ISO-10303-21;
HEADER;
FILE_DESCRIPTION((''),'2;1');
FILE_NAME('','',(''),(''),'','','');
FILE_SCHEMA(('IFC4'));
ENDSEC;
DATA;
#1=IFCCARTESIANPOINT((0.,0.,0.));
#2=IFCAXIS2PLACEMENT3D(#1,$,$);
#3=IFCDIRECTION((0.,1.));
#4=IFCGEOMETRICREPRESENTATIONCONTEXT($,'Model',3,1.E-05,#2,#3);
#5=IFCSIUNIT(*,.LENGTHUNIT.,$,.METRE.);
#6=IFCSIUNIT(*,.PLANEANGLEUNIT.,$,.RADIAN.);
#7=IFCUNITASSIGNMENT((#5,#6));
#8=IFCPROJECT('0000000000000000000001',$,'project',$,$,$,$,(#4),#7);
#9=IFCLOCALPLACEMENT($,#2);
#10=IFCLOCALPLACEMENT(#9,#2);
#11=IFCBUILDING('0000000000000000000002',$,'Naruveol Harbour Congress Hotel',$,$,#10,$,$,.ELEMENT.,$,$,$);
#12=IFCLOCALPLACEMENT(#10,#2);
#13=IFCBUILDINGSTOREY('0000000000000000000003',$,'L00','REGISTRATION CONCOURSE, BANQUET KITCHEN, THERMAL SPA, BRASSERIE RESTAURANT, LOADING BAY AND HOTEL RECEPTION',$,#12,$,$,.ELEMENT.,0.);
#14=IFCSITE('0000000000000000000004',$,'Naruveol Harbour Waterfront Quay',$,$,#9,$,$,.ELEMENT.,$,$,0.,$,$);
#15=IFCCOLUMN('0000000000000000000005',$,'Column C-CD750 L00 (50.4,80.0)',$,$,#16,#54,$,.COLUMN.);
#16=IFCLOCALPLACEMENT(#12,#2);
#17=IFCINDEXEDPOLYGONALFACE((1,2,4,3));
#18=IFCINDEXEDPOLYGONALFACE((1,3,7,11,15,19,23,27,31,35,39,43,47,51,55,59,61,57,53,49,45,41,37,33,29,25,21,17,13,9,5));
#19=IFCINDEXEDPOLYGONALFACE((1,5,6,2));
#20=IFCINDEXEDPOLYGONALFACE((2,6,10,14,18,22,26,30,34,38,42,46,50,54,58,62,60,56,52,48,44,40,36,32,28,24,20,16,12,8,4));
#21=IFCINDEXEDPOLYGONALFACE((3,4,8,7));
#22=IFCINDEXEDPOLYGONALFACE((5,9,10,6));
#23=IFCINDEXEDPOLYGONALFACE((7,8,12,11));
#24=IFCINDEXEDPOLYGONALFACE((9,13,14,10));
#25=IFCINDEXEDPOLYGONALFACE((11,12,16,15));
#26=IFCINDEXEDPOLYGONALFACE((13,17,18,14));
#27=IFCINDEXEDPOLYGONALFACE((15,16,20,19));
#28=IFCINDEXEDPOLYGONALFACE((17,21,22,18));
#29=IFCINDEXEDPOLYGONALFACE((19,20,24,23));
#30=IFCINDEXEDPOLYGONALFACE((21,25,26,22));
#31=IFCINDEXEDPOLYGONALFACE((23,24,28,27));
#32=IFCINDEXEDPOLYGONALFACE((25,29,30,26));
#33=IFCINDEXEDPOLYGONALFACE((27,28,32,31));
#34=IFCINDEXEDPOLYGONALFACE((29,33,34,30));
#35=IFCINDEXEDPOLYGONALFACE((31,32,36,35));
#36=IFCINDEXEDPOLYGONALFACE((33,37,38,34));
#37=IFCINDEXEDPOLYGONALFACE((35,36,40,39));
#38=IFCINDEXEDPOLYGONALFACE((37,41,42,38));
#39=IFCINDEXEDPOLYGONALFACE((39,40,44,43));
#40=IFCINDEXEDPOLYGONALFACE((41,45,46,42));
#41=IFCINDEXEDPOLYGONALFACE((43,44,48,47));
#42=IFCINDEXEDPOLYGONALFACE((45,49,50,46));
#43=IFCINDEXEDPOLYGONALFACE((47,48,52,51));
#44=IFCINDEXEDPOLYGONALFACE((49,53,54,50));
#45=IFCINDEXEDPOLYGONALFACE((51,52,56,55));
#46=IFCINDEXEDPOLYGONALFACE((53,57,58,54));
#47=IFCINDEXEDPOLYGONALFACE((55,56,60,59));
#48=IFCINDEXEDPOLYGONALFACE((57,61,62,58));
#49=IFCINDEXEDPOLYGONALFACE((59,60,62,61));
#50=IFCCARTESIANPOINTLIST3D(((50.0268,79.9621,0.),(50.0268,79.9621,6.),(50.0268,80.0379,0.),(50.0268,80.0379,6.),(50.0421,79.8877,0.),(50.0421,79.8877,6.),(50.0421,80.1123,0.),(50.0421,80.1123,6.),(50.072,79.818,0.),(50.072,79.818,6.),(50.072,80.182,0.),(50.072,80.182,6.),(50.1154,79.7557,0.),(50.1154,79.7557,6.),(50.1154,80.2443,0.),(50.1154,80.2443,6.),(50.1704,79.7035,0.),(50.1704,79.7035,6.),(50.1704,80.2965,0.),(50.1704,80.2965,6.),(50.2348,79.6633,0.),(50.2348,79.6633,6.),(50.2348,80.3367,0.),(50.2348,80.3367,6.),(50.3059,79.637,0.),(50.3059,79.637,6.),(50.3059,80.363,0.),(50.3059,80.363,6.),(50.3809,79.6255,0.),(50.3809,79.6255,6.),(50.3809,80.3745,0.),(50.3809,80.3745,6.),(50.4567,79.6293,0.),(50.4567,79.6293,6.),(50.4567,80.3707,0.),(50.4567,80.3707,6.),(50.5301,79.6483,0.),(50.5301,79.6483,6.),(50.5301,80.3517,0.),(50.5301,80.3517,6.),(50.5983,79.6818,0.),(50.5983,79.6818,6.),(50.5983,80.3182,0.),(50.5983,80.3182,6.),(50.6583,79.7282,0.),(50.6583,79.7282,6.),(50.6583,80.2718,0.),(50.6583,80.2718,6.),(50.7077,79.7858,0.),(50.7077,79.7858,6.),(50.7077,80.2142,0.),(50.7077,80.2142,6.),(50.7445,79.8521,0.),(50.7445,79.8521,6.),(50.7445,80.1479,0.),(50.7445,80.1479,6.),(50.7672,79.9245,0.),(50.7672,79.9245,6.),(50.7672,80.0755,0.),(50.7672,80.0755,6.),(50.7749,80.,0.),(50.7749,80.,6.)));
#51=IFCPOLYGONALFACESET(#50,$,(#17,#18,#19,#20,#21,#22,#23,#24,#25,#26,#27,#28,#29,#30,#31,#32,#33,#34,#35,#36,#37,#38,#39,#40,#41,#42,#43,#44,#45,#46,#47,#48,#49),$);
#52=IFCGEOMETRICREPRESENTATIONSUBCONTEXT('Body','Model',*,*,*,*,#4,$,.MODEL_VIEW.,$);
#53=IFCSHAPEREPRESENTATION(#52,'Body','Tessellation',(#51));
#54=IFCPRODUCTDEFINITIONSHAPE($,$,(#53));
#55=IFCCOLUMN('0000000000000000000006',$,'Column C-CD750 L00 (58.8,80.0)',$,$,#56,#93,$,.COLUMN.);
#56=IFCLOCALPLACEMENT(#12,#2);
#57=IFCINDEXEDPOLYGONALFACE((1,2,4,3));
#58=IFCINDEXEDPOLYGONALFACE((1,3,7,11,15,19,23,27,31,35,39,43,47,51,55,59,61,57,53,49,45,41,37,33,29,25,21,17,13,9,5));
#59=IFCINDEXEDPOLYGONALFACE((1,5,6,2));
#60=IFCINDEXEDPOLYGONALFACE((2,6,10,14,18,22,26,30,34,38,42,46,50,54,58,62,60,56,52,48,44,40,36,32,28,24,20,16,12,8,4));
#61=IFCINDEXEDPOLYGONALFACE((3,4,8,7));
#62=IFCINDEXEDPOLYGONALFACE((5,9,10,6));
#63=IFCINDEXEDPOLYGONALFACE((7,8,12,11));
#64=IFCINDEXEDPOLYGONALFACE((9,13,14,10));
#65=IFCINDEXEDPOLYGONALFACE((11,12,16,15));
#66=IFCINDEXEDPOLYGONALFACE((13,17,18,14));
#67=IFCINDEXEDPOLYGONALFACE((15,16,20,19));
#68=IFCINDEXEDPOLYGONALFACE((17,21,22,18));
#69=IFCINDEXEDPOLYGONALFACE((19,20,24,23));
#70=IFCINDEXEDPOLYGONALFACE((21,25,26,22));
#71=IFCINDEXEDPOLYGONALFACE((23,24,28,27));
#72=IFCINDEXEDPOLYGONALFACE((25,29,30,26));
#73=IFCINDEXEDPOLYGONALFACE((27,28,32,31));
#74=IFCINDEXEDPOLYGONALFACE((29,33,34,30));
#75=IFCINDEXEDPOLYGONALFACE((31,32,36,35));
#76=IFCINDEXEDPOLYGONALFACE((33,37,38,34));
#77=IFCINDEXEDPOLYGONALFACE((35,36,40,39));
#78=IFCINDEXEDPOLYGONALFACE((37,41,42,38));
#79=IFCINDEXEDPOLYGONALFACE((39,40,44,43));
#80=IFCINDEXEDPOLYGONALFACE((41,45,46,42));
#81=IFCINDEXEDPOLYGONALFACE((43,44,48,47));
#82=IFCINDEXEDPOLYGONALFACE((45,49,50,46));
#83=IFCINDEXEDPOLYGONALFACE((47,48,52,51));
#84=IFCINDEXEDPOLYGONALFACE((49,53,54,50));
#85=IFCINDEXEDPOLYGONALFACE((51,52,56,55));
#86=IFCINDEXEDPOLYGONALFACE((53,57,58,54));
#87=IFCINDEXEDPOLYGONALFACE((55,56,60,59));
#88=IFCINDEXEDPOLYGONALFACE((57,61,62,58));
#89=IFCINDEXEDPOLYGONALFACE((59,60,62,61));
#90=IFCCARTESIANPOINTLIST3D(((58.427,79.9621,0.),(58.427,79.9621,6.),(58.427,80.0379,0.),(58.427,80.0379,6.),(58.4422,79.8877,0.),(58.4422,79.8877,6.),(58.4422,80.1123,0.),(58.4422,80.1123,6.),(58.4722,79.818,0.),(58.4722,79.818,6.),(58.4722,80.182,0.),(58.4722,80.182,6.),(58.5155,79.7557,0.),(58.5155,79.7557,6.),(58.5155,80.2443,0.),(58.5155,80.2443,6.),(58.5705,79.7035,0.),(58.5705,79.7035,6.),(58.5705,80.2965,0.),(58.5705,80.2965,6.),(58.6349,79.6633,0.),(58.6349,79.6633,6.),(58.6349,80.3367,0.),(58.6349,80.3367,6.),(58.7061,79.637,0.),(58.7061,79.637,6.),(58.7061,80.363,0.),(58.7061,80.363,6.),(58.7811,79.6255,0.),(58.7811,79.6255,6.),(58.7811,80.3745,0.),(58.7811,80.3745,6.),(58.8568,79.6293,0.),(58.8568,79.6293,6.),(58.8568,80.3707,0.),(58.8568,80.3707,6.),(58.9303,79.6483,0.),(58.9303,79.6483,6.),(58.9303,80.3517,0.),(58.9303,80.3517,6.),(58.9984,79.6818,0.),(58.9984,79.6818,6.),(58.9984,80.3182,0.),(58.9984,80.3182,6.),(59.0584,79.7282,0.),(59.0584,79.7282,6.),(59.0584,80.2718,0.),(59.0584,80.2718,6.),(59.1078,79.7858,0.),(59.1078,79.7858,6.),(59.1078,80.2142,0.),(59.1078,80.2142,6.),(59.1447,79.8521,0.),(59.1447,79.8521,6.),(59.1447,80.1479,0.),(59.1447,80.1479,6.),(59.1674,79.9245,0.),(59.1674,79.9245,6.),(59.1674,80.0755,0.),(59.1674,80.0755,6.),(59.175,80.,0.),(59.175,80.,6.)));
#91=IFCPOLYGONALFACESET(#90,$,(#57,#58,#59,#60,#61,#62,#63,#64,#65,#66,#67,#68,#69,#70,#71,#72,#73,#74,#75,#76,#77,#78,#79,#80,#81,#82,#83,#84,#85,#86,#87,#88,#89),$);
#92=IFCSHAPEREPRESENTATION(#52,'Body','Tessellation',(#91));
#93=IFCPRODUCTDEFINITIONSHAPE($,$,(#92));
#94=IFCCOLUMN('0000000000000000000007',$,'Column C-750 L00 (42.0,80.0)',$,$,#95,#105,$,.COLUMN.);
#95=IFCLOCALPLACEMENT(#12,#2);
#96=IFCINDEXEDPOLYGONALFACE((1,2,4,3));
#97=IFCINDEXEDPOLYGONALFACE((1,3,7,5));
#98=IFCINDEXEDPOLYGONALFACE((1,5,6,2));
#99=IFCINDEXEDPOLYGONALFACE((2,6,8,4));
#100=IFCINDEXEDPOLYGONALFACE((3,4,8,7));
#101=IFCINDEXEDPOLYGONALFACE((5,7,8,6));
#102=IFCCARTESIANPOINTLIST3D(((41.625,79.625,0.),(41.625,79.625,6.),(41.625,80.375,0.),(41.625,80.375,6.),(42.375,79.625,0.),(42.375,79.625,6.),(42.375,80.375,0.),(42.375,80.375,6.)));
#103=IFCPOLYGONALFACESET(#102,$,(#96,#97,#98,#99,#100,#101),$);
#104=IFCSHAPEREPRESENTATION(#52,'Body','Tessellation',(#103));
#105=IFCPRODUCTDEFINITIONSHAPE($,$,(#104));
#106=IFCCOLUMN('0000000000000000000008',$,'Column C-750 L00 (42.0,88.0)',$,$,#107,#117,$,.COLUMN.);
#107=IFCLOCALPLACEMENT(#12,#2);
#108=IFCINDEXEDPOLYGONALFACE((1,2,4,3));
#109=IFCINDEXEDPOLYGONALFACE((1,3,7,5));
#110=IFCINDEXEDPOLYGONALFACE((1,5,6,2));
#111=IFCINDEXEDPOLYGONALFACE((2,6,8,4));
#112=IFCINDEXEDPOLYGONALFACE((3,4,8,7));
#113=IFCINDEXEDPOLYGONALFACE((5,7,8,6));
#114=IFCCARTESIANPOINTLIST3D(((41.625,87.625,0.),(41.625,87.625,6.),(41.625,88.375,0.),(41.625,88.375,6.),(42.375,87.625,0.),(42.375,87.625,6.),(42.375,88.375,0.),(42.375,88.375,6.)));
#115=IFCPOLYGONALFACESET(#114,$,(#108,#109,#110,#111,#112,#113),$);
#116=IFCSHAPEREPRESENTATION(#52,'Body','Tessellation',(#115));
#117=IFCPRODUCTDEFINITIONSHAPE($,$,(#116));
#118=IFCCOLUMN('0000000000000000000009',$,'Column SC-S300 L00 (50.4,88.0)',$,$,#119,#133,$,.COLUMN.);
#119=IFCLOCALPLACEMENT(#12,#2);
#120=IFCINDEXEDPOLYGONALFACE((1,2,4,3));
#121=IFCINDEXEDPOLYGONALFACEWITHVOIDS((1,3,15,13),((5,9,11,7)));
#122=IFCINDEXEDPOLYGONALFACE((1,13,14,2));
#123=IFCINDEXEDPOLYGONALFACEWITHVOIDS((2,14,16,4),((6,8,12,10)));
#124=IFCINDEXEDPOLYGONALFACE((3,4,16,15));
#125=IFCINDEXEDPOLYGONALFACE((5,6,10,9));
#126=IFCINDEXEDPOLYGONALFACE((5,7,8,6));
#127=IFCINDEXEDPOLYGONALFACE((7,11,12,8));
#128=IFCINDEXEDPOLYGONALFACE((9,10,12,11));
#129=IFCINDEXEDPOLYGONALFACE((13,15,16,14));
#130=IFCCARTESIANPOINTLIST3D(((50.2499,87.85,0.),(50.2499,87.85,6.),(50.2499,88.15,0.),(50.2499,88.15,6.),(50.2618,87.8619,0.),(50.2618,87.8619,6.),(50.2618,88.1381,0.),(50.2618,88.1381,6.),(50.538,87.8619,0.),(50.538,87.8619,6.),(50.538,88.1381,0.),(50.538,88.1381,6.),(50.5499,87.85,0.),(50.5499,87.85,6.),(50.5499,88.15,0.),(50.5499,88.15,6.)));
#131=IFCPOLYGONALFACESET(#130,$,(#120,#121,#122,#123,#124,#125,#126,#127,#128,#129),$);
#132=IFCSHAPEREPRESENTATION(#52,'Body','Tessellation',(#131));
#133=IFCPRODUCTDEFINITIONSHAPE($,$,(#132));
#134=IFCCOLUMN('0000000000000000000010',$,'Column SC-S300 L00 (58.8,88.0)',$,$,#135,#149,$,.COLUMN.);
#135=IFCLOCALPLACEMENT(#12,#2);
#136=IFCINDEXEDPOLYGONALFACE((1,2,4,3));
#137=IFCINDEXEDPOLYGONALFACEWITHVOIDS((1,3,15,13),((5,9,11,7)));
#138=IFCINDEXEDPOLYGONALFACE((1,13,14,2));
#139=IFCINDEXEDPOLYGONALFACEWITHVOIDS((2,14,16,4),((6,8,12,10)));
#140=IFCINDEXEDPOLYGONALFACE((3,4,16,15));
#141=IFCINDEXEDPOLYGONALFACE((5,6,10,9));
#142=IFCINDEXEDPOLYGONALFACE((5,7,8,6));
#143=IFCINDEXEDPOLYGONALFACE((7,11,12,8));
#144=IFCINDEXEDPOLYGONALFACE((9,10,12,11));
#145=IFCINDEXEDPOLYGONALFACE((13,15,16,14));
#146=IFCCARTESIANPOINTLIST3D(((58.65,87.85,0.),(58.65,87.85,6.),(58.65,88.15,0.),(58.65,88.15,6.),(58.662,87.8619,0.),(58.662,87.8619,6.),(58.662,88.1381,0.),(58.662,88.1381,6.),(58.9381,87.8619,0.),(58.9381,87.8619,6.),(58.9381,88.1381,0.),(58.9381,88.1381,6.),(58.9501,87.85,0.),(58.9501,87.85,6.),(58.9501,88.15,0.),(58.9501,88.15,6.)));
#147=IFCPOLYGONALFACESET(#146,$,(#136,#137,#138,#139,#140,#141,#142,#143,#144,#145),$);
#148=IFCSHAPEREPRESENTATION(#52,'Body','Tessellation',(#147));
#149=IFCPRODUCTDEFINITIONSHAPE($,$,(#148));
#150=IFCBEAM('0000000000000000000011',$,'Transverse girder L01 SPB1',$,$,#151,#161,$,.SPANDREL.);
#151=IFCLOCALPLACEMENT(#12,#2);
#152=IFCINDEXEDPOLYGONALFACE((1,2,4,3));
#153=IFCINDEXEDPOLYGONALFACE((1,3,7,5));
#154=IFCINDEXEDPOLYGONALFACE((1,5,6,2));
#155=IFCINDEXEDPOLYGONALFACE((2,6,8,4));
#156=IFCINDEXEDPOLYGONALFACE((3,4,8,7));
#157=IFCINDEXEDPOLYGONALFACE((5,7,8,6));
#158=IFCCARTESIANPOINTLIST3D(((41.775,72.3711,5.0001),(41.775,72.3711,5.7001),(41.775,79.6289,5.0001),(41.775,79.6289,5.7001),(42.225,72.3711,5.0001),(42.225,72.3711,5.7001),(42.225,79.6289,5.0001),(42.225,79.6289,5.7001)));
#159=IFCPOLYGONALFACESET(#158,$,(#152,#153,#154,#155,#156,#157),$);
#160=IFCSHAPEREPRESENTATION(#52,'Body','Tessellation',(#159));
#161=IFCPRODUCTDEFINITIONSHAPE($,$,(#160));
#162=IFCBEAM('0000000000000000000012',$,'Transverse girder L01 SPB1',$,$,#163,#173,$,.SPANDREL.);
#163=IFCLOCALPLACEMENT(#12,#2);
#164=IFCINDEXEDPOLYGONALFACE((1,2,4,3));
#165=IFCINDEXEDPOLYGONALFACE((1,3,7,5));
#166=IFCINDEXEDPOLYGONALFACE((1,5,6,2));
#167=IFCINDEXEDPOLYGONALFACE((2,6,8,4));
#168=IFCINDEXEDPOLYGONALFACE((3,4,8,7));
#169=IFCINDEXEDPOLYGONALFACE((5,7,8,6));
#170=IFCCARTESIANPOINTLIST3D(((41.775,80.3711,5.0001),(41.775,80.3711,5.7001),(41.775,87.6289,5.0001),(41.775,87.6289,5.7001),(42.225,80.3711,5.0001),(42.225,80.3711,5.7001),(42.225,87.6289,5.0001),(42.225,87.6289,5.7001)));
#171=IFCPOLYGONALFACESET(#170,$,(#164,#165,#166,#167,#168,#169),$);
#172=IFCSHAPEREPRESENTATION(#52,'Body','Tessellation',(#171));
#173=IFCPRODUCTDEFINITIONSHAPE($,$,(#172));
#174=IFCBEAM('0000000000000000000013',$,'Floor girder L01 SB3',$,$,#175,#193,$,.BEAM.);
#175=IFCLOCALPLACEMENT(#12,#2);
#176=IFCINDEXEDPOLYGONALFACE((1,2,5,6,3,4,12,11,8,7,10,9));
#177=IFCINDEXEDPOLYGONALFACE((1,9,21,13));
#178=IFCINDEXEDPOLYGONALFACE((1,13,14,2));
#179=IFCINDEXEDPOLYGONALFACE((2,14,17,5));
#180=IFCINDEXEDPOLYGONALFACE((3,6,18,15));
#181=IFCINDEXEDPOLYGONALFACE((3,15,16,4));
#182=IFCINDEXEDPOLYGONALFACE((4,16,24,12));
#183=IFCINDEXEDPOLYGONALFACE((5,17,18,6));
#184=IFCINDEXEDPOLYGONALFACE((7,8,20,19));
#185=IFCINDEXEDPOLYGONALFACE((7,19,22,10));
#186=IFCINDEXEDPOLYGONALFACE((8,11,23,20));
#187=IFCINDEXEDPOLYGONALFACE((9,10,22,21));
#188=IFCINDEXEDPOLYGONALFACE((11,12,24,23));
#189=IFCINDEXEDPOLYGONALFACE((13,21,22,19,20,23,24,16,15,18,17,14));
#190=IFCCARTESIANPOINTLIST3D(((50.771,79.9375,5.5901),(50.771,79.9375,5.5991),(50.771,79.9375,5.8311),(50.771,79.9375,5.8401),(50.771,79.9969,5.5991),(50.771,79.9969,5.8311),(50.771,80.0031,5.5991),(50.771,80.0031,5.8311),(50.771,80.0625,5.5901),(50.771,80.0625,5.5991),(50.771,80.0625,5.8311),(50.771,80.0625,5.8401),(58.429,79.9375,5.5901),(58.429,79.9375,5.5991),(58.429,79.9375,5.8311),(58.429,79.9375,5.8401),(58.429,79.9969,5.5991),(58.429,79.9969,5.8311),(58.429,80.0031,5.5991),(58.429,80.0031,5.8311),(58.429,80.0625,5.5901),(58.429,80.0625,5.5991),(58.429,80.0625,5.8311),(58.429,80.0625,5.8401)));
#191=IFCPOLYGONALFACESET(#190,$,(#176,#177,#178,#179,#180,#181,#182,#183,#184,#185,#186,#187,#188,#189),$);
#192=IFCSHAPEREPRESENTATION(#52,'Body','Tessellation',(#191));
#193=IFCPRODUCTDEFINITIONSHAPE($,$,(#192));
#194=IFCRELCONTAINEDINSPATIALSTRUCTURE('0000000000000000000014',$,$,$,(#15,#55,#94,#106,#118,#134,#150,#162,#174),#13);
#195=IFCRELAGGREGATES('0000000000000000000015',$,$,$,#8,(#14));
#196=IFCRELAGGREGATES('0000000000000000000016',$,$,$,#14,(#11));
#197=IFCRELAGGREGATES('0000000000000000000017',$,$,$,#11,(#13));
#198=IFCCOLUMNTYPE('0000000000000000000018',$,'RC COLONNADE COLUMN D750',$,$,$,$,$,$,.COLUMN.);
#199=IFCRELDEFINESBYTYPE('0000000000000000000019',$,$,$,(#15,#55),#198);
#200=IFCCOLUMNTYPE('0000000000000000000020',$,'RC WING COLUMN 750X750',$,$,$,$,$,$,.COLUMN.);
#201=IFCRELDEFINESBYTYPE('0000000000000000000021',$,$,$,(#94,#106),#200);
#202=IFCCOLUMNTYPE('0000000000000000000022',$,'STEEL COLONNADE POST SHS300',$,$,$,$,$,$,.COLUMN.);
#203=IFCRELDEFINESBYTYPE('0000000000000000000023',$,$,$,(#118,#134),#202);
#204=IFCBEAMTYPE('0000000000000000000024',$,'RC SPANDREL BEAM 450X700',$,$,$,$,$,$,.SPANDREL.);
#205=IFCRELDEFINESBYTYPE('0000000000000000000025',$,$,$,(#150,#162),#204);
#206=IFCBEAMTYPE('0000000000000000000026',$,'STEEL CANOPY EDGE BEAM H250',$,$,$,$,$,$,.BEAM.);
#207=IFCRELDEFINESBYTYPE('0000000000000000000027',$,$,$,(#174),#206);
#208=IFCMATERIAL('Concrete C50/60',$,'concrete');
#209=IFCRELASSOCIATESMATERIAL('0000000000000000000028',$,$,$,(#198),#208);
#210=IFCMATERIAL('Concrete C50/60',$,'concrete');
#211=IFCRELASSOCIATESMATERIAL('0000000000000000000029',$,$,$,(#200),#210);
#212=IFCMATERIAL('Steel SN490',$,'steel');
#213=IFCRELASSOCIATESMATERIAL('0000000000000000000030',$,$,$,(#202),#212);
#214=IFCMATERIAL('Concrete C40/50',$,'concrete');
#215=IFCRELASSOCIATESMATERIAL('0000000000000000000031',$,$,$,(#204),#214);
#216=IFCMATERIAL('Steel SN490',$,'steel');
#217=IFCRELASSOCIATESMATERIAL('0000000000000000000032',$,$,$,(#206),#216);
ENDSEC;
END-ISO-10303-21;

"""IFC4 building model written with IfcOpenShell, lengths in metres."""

from ifc_helpers import new_model, si_unit, direction, frame, origin, origin_2d, place, context, subcontext, project, spatial, rectangle, hollow_rectangle, circle, i_section, extrude, material, material_profile, profile_set, type_object, element, save


model = new_model("IFC4")

# Units and contexts
model_context = context("Model", 3, precision=1e-05, world=origin(), true_north=direction((0.0, 1.0)))
body_context = subcontext(model_context, "Body", "Model", "MODEL_VIEW")
ifc_project = project(units=[si_unit("LENGTHUNIT", "METRE"), si_unit("PLANEANGLEUNIT", "RADIAN")], contexts=[model_context])

# Site, building, storey
site_placement = place(None, origin())
site = spatial("IfcSite", under=ifc_project, at=site_placement, Name="Naruveol Harbour Waterfront Quay", CompositionType="ELEMENT", RefElevation=0.0)
building_placement = place(site_placement, origin())
building = spatial("IfcBuilding", under=site, at=building_placement, Name="Naruveol Harbour Congress Hotel", CompositionType="ELEMENT")
storey_placement = place(building_placement, origin())
storey = spatial("IfcBuildingStorey", under=building, at=storey_placement, Name="L00", Description="REGISTRATION CONCOURSE, BANQUET KITCHEN, THERMAL SPA, BRASSERIE RESTAURANT, LOADING BAY AND HOTEL RECEPTION", CompositionType="ELEMENT", Elevation=0.0)

# Columns
ifc_material_1 = material(Name="Concrete C50/60", Category="concrete")
ifc_material_profile_1 = material_profile(ifc_material_1, circle(Radius=0.375, at=origin_2d()), Name="RC-D750")
ifc_profile_set_1 = profile_set([ifc_material_profile_1], Name="Concrete C50/60")
column_type_1 = type_object("IfcColumnType", Name="RC COLONNADE COLUMN D750", PredefinedType="COLUMN", material=ifc_profile_set_1)
for number, where, z_axis, x_axis, name in (
    (1, (50.3999, 80.0, 0.0), (0.0, 0.0, 1.0), (1.0, 0.0, 0.0), "Column C-CD750 L00 (50.4,80.0)"),
    (2, (58.8, 80.0, 0.0), (0.0, 0.0, 1.0), (1.0, 0.0, 0.0), "Column C-CD750 L00 (58.8,80.0)"),
):
    element("IfcColumn", number, at=place(storey_placement, frame(where, z_axis=z_axis, x_axis=x_axis)), inside=storey, type_object=column_type_1, Name=name, PredefinedType="COLUMN", context=body_context, shape_type="SweptSolid", body=[
        extrude(circle(Radius=0.375, at=origin_2d()), origin(), (0.0, 0.0, 1.0), 6.0),
    ])
ifc_material_2 = material(Name="Concrete C50/60", Category="concrete")
ifc_material_profile_2 = material_profile(ifc_material_2, rectangle(XDim=0.75, YDim=0.75, at=origin_2d()), Name="RC-750x750")
ifc_profile_set_2 = profile_set([ifc_material_profile_2], Name="Concrete C50/60")
column_type_2 = type_object("IfcColumnType", Name="RC WING COLUMN 750X750", PredefinedType="COLUMN", material=ifc_profile_set_2)
for number, where, z_axis, x_axis, name in (
    (3, (42.0, 80.0, 0.0), (0.0, 0.0, 1.0), (1.0, 0.0, 0.0), "Column C-750 L00 (42.0,80.0)"),
    (4, (42.0, 88.0, 0.0), (0.0, 0.0, 1.0), (1.0, 0.0, 0.0), "Column C-750 L00 (42.0,88.0)"),
):
    element("IfcColumn", number, at=place(storey_placement, frame(where, z_axis=z_axis, x_axis=x_axis)), inside=storey, type_object=column_type_2, Name=name, PredefinedType="COLUMN", context=body_context, shape_type="SweptSolid", body=[
        extrude(rectangle(XDim=0.75, YDim=0.75, at=origin_2d()), origin(), (0.0, 0.0, 1.0), 6.0),
    ])
ifc_material_3 = material(Name="Steel SN490", Category="steel")
ifc_material_profile_3 = material_profile(ifc_material_3, hollow_rectangle(XDim=0.3, YDim=0.3, WallThickness=0.012, at=origin_2d()), Name="SHS-300x300x12")
ifc_profile_set_3 = profile_set([ifc_material_profile_3], Name="Steel SN490")
column_type_3 = type_object("IfcColumnType", Name="STEEL COLONNADE POST SHS300", PredefinedType="COLUMN", material=ifc_profile_set_3)
for number, where, z_axis, x_axis, name in (
    (5, (50.3999, 88.0, 0.0), (0.0, 0.0, 1.0), (1.0, 0.0, 0.0), "Column SC-S300 L00 (50.4,88.0)"),
    (6, (58.8, 88.0, 0.0), (0.0, 0.0, 1.0), (1.0, 0.0, 0.0), "Column SC-S300 L00 (58.8,88.0)"),
):
    element("IfcColumn", number, at=place(storey_placement, frame(where, z_axis=z_axis, x_axis=x_axis)), inside=storey, type_object=column_type_3, Name=name, PredefinedType="COLUMN", context=body_context, shape_type="SweptSolid", body=[
        extrude(hollow_rectangle(XDim=0.3, YDim=0.3, WallThickness=0.012, at=origin_2d()), origin(), (0.0, 0.0, 1.0), 6.0),
    ])

# Beams
ifc_material_4 = material(Name="Concrete C40/50", Category="concrete")
ifc_material_profile_4 = material_profile(ifc_material_4, rectangle(XDim=0.45, YDim=0.7, at=origin_2d()), Name="RCB-450x700")
ifc_profile_set_4 = profile_set([ifc_material_profile_4], Name="Concrete C40/50")
beam_type_1 = type_object("IfcBeamType", Name="RC SPANDREL BEAM 450X700", PredefinedType="SPANDREL", material=ifc_profile_set_4)
for number, where, z_axis, x_axis, name in (
    (7, (42.0, 72.3711, 5.3501), (0.0, 1.0, 0.0), (-1.0, 0.0, 0.0), "Transverse girder L01 SPB1"),
    (8, (42.0, 80.3711, 5.3501), (0.0, 1.0, 0.0), (-1.0, 0.0, 0.0), "Transverse girder L01 SPB1"),
):
    element("IfcBeam", number, at=place(storey_placement, frame(where, z_axis=z_axis, x_axis=x_axis)), inside=storey, type_object=beam_type_1, Name=name, PredefinedType="SPANDREL", context=body_context, shape_type="SweptSolid", body=[
        extrude(rectangle(XDim=0.45, YDim=0.7, at=origin_2d()), origin(), (0.0, 0.0, 1.0), 7.2578),
    ])
ifc_material_5 = material(Name="Steel SN490", Category="steel")
ifc_material_profile_5 = material_profile(ifc_material_5, i_section(OverallWidth=0.125, OverallDepth=0.25, WebThickness=0.0061, FlangeThickness=0.009, at=origin_2d()), Name="H-250x125x6x9")
ifc_profile_set_5 = profile_set([ifc_material_profile_5], Name="Steel SN490")
beam_type_2 = type_object("IfcBeamType", Name="STEEL CANOPY EDGE BEAM H250", PredefinedType="BEAM", material=ifc_profile_set_5)
beam_1_placement = place(storey_placement, frame((50.771, 80.0, 5.7151), z_axis=(1.0, 0.0, 0.0), x_axis=(0.0, 1.0, 0.0)))
element("IfcBeam", 9, at=beam_1_placement, inside=storey, type_object=beam_type_2, Name="Floor girder L01 SB3", PredefinedType="BEAM", context=body_context, shape_type="SweptSolid", body=[
    extrude(i_section(OverallWidth=0.125, OverallDepth=0.25, WebThickness=0.0061, FlangeThickness=0.009, at=origin_2d()), origin(), (0.0, 0.0, 1.0), 7.658),
])

save(model, "model.ifc")
